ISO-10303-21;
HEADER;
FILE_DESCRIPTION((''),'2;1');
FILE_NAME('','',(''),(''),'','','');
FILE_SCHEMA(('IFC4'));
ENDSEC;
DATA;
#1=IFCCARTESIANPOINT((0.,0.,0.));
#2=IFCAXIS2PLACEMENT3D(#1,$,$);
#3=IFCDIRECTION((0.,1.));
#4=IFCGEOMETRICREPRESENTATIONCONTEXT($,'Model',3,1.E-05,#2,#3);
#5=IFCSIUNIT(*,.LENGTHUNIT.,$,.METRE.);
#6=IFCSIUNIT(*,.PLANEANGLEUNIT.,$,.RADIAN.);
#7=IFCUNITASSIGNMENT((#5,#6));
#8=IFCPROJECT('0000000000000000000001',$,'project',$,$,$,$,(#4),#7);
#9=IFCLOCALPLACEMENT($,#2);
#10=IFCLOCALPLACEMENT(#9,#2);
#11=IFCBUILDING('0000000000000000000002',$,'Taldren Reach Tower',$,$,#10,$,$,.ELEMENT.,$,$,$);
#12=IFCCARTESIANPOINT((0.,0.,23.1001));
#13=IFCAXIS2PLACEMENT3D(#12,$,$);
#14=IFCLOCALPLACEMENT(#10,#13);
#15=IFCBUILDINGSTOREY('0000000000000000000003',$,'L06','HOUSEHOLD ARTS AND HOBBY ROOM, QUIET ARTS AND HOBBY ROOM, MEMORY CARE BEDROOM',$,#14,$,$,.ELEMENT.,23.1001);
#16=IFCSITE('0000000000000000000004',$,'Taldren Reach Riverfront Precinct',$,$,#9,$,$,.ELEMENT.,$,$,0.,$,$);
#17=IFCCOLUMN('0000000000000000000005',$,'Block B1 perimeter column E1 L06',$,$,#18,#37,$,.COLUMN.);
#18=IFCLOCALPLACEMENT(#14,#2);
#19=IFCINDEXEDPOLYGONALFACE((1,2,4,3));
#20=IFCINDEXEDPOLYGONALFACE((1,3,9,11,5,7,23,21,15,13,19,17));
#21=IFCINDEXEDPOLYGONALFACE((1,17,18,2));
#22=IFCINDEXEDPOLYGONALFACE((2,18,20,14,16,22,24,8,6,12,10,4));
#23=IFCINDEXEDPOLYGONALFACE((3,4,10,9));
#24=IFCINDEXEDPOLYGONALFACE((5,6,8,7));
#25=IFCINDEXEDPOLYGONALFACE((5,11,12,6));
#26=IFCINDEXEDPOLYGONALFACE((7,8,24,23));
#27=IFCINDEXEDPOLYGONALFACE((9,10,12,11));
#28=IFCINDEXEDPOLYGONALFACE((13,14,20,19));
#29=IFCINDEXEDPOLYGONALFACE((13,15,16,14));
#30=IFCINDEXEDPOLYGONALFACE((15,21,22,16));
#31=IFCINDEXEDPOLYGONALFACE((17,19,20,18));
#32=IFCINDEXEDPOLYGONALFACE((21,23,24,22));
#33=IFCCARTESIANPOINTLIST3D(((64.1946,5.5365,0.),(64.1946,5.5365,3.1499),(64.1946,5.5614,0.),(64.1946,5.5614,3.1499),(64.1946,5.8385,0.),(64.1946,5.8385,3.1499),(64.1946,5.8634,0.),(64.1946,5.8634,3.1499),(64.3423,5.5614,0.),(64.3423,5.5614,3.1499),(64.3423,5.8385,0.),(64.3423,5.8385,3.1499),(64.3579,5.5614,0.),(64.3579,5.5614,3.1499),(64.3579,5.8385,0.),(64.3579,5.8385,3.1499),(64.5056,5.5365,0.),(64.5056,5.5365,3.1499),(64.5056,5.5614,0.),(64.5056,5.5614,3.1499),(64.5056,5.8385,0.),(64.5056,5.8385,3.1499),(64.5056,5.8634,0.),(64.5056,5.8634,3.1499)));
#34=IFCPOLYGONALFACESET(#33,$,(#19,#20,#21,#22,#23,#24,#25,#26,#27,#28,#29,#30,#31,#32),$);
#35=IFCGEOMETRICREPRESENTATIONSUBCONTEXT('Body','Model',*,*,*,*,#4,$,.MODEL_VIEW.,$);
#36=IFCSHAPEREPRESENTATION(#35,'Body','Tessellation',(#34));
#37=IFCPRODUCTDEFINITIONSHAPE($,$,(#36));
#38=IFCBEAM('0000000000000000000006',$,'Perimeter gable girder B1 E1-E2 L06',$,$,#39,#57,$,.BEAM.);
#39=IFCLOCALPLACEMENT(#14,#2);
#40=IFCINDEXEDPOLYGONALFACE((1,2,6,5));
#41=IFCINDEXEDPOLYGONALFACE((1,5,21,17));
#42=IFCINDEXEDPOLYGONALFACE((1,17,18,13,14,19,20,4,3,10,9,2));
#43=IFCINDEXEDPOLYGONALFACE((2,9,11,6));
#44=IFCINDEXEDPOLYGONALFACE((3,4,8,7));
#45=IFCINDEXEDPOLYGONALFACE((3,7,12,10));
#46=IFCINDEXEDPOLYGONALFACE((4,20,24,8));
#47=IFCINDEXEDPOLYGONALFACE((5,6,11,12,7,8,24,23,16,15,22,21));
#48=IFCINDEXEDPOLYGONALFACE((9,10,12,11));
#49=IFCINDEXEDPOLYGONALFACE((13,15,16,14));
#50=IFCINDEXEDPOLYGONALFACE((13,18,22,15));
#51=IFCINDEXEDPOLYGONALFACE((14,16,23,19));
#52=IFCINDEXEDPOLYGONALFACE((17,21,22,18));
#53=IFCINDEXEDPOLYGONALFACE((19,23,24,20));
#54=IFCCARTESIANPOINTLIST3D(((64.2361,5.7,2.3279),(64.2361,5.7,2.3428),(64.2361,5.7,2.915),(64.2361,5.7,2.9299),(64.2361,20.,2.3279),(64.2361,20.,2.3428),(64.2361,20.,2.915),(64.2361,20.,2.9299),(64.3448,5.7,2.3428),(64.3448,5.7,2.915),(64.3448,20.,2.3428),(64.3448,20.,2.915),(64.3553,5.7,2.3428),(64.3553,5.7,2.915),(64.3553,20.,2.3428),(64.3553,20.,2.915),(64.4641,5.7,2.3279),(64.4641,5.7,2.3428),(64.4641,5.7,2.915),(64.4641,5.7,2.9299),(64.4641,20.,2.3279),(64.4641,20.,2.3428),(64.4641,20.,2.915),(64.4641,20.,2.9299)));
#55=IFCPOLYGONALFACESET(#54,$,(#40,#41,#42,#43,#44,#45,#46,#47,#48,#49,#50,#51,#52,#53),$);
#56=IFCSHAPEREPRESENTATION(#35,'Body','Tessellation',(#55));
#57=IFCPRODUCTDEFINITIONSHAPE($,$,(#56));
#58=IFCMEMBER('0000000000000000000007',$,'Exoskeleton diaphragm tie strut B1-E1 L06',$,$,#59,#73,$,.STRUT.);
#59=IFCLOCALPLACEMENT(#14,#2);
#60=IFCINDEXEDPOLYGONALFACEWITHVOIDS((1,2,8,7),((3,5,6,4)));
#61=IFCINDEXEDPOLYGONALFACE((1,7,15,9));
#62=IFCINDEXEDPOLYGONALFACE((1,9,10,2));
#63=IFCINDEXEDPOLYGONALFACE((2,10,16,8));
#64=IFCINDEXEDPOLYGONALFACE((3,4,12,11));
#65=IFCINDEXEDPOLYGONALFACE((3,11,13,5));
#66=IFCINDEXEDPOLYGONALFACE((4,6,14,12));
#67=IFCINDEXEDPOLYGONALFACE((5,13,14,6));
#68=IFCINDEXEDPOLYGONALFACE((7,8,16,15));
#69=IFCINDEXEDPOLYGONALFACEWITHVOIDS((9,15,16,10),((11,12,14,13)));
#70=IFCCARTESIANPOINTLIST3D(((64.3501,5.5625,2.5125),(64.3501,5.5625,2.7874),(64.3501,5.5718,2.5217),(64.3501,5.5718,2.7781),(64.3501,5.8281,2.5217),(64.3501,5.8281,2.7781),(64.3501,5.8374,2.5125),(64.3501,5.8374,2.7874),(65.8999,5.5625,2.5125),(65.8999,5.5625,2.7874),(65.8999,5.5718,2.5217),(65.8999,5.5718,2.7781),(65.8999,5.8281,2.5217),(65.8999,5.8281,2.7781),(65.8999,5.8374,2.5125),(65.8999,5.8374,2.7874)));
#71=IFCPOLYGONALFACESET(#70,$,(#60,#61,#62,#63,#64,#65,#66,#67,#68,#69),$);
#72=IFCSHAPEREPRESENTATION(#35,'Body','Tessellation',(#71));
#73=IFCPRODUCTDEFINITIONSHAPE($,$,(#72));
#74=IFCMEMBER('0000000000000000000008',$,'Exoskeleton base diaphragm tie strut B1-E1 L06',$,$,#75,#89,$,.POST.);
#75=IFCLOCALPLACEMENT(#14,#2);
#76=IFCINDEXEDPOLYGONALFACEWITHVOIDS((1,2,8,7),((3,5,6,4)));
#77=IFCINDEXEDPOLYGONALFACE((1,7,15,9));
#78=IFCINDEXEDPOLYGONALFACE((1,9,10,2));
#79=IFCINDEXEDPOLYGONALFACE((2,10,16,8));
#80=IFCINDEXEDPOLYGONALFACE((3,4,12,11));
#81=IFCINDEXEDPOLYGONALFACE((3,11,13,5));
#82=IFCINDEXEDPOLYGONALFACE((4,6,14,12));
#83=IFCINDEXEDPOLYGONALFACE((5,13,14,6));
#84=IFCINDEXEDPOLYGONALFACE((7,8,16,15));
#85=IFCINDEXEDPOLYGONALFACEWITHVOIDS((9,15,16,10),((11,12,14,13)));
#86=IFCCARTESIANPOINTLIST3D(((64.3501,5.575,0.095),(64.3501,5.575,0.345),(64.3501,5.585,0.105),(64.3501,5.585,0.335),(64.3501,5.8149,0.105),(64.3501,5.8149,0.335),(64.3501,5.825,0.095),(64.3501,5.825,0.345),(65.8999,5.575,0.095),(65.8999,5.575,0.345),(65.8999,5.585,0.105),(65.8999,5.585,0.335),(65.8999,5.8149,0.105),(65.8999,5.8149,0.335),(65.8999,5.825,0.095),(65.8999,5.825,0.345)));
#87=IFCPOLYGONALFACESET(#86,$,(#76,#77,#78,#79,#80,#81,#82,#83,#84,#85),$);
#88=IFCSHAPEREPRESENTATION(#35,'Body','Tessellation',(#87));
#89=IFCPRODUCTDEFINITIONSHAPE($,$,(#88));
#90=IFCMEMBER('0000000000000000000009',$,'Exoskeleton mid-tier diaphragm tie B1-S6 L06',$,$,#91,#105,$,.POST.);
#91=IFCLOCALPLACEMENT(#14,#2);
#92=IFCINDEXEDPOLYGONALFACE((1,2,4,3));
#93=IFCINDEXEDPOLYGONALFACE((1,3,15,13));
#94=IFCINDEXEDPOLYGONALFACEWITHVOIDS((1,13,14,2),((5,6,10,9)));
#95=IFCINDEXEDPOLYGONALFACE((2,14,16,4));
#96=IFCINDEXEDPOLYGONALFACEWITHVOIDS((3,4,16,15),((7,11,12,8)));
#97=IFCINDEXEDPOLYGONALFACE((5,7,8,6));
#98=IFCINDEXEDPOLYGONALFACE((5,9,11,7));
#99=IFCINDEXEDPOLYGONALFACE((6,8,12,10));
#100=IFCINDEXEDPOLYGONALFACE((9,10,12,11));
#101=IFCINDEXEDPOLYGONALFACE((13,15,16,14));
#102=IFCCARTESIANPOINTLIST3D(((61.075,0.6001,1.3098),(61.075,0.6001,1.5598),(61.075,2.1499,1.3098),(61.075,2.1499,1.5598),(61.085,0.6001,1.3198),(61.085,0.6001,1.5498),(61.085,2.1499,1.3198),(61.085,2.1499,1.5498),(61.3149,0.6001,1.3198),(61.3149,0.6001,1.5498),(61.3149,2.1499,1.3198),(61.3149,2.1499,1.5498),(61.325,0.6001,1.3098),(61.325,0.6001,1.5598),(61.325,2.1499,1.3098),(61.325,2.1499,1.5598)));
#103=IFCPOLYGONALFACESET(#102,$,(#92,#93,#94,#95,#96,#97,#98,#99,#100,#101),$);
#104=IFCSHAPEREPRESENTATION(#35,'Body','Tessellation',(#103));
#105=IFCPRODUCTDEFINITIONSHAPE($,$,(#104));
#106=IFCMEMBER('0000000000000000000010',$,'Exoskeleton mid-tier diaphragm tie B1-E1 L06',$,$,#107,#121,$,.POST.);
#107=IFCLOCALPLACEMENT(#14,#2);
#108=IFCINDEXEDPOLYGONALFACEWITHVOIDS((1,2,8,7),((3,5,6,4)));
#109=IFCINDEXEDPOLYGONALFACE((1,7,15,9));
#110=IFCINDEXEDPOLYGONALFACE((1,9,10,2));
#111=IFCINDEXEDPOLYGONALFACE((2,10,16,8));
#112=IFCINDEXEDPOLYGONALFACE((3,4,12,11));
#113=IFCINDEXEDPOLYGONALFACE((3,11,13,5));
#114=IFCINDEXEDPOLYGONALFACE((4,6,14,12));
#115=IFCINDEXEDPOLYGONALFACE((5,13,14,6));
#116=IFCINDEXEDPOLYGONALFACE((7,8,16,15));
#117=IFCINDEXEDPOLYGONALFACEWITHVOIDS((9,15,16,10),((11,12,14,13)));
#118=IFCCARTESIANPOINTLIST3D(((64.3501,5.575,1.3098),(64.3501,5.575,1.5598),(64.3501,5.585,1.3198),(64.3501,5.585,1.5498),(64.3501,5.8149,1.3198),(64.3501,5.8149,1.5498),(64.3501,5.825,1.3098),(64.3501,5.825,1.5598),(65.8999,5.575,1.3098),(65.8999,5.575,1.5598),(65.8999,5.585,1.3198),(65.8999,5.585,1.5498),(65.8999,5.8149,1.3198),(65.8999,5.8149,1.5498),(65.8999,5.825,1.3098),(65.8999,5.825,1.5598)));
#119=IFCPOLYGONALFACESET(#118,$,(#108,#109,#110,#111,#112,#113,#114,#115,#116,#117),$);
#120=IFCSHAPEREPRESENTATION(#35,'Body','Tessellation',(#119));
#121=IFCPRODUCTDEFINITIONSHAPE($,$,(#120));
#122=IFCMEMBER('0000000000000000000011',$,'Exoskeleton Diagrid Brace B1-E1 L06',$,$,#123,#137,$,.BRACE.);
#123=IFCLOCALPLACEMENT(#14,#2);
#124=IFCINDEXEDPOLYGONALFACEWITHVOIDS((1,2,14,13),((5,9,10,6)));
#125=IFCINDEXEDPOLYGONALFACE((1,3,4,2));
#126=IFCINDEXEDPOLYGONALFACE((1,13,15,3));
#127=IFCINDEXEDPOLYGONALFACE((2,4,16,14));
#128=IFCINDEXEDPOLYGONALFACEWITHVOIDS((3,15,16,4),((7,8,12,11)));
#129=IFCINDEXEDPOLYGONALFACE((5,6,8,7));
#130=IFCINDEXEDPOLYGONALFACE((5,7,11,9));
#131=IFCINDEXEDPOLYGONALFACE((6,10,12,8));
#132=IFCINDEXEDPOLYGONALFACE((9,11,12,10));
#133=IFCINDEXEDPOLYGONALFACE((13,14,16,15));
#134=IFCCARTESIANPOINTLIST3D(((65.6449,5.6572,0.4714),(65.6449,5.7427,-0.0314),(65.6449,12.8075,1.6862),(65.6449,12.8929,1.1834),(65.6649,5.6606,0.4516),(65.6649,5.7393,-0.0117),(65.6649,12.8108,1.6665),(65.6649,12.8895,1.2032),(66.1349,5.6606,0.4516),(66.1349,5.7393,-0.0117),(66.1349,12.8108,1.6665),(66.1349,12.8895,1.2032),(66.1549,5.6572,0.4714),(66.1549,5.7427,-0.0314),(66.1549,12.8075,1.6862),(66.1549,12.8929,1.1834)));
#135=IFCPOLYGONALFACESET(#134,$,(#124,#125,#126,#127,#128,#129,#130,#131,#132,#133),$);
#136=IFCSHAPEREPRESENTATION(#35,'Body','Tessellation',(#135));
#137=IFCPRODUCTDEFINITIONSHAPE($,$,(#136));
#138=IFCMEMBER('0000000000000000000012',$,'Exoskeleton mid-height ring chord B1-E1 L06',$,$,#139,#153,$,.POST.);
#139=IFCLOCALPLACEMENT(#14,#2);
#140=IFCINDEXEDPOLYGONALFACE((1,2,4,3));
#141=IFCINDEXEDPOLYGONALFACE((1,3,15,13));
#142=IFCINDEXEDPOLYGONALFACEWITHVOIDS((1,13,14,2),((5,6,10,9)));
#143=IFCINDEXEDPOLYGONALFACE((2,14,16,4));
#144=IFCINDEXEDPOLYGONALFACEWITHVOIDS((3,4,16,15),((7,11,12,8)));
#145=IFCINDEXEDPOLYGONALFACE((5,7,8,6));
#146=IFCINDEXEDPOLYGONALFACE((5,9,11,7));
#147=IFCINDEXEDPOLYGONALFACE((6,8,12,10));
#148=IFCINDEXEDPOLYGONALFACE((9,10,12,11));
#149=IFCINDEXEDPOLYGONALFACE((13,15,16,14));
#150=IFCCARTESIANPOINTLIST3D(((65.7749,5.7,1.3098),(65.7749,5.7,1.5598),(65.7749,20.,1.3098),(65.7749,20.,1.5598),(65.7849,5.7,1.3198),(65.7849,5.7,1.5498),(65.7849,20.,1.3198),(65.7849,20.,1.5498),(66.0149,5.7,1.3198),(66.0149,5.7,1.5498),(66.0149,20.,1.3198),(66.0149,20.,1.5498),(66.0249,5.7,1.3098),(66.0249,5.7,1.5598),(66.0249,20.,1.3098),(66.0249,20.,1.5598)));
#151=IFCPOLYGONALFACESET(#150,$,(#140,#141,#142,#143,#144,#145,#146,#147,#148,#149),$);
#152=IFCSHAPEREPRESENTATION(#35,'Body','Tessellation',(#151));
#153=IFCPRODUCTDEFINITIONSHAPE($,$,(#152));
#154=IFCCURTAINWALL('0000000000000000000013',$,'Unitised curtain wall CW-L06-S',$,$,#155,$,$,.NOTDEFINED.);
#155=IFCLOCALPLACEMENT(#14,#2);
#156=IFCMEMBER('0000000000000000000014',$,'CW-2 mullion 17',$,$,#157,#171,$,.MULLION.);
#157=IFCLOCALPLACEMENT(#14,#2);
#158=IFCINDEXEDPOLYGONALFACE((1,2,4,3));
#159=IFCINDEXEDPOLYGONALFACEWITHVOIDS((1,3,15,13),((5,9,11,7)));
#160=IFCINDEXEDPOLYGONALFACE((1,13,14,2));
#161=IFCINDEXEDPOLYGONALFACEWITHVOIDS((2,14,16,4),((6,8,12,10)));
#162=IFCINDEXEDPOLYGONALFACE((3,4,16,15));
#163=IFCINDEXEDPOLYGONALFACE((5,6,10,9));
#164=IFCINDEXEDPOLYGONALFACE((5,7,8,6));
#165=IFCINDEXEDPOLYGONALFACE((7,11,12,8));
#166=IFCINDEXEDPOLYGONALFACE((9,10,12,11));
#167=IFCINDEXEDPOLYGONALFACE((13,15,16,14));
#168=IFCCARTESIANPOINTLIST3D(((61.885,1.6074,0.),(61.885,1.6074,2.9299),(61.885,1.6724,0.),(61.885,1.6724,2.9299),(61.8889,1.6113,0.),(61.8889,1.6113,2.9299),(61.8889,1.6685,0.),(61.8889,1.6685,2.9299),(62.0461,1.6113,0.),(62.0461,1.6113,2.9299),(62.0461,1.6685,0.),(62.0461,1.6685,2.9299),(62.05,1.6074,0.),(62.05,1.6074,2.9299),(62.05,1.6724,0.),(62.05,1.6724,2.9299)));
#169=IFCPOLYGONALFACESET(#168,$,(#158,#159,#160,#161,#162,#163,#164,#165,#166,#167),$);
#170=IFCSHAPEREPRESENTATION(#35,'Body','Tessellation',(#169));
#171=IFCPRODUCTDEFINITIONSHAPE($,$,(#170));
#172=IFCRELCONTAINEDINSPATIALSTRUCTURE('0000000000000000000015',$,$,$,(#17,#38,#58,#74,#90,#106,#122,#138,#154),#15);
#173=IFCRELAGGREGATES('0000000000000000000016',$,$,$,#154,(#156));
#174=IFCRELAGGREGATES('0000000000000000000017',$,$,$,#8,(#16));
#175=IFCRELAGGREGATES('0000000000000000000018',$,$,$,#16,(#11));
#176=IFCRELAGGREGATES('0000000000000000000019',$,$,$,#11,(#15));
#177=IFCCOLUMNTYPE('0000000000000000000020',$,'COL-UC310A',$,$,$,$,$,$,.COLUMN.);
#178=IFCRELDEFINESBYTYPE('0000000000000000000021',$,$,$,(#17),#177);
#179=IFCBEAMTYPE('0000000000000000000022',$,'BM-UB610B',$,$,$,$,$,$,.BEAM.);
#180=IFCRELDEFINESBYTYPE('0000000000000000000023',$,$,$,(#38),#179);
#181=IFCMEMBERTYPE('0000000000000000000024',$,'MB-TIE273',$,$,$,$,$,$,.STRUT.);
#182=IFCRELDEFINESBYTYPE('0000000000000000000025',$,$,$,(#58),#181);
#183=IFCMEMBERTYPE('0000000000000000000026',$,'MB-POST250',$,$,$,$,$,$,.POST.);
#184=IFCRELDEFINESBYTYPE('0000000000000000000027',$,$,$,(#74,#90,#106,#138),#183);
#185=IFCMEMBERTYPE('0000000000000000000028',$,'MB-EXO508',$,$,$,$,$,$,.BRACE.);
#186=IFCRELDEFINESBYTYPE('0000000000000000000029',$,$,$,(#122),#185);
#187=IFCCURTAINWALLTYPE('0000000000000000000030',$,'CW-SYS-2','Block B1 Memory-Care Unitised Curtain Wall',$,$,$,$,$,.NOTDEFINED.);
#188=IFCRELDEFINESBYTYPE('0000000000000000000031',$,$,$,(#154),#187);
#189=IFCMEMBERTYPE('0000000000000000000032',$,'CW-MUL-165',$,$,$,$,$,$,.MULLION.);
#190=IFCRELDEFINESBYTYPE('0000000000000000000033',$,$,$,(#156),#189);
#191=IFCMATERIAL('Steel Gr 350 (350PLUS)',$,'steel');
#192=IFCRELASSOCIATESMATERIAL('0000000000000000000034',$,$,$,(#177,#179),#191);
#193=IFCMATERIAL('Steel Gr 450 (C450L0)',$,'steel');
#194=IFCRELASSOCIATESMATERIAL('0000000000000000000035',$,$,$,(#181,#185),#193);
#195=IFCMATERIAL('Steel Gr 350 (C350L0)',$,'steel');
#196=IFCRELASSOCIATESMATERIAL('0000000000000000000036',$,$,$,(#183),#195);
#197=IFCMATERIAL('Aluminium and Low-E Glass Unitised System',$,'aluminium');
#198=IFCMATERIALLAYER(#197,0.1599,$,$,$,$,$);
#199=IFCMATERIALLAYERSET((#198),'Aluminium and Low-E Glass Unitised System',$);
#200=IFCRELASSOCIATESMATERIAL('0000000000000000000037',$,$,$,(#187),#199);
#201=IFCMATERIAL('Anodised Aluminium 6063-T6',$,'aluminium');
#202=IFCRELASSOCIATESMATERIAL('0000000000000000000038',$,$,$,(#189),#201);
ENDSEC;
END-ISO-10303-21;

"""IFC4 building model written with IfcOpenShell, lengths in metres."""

from ifc_helpers import new_model, si_unit, direction, frame, origin, origin_2d, place, context, subcontext, project, spatial, hollow_rectangle, i_section, extrude, source, transform, mapped, material, layer, layer_set, material_profile, profile_set, type_object, element, aggregate, save


model = new_model("IFC4")

# Units and contexts
model_context = context("Model", 3, precision=1e-05, world=origin(), true_north=direction((0.0, 1.0)))
body_context = subcontext(model_context, "Body", "Model", "MODEL_VIEW")
ifc_project = project(units=[si_unit("LENGTHUNIT", "METRE"), si_unit("PLANEANGLEUNIT", "RADIAN")], contexts=[model_context])

# Site, building, storey
site_placement = place(None, origin())
site = spatial("IfcSite", under=ifc_project, at=site_placement, Name="Taldren Reach Riverfront Precinct", CompositionType="ELEMENT", RefElevation=0.0)
building_placement = place(site_placement, origin())
building = spatial("IfcBuilding", under=site, at=building_placement, Name="Taldren Reach Tower", CompositionType="ELEMENT")
storey_placement = place(building_placement, frame((0.0, 0.0, 23.1001)))
storey = spatial("IfcBuildingStorey", under=building, at=storey_placement, Name="L06", Description="HOUSEHOLD ARTS AND HOBBY ROOM, QUIET ARTS AND HOBBY ROOM, MEMORY CARE BEDROOM", CompositionType="ELEMENT", Elevation=23.1001)

# Column
ifc_material_1 = material(Name="Steel Gr 350 (350PLUS)", Category="steel")
ifc_material_profile_1 = material_profile(ifc_material_1, i_section(OverallWidth=0.311, OverallDepth=0.3269, WebThickness=0.0156, FlangeThickness=0.0249, at=origin_2d()), Name="310UC158")
ifc_profile_set_1 = profile_set([ifc_material_profile_1], Name="Steel Gr 350 (350PLUS)")
column_type = type_object("IfcColumnType", Name="COL-UC310A", PredefinedType="COLUMN", material=ifc_profile_set_1)
shared_shape_1 = source(origin(), body_context, "Body", "SweptSolid", [
    extrude(i_section(OverallWidth=0.311, OverallDepth=0.3269, WebThickness=0.0156, FlangeThickness=0.0249, at=origin_2d()), origin(), (0.0, 0.0, 1.0), 3.1499),
])
column_placement = place(storey_placement, frame((64.3501, 5.7, 0.0), z_axis=(0.0, 0.0, 1.0), x_axis=(1.0, 0.0, 0.0)))
element("IfcColumn", 1, at=column_placement, inside=storey, type_object=column_type, Name="Block B1 perimeter column E1 L06", PredefinedType="COLUMN", context=body_context, shape_type="MappedRepresentation", body=[
    mapped(shared_shape_1, transform((0.0, 0.0, 0.0), scale=1.0)),
])

# Beam
ifc_material_profile_2 = material_profile(ifc_material_1, i_section(OverallWidth=0.228, OverallDepth=0.6021, WebThickness=0.0105, FlangeThickness=0.0149, at=origin_2d()), Name="610UB101")
ifc_profile_set_2 = profile_set([ifc_material_profile_2], Name="Steel Gr 350 (350PLUS)")
beam_type = type_object("IfcBeamType", Name="BM-UB610B", PredefinedType="BEAM", material=ifc_profile_set_2)
shared_shape_2 = source(origin(), body_context, "Body", "SweptSolid", [
    extrude(i_section(OverallWidth=0.228, OverallDepth=0.6021, WebThickness=0.0105, FlangeThickness=0.0149, at=origin_2d()), origin(), (0.0, 0.0, 1.0), 14.3),
])
beam_placement = place(storey_placement, frame((64.3501, 5.7, 2.6289), z_axis=(0.0, 1.0, 0.0), x_axis=(-1.0, 0.0, 0.0)))
element("IfcBeam", 2, at=beam_placement, inside=storey, type_object=beam_type, Name="Perimeter gable girder B1 E1-E2 L06", PredefinedType="BEAM", context=body_context, shape_type="MappedRepresentation", body=[
    mapped(shared_shape_2, transform((0.0, 0.0, 0.0), scale=1.0)),
])

# Members
ifc_material_2 = material(Name="Steel Gr 450 (C450L0)", Category="steel")
ifc_material_profile_3 = material_profile(ifc_material_2, hollow_rectangle(XDim=0.2749, YDim=0.2749, WallThickness=0.0093, at=origin_2d()), Name="275x275x9.3SHS")
ifc_profile_set_3 = profile_set([ifc_material_profile_3], Name="Steel Gr 450 (C450L0)")
member_type_1 = type_object("IfcMemberType", Name="MB-TIE273", PredefinedType="STRUT", material=ifc_profile_set_3)
shared_shape_3 = source(origin(), body_context, "Body", "SweptSolid", [
    extrude(hollow_rectangle(XDim=0.2749, YDim=0.2749, WallThickness=0.0093, at=origin_2d()), origin(), (0.0, 0.0, 1.0), 1.5498),
])
member_1_placement = place(storey_placement, frame((64.3501, 5.7, 2.6499), z_axis=(1.0, 0.0, 0.0), x_axis=(0.0, 1.0, 0.0)))
element("IfcMember", 3, at=member_1_placement, inside=storey, type_object=member_type_1, Name="Exoskeleton diaphragm tie strut B1-E1 L06", PredefinedType="STRUT", context=body_context, shape_type="MappedRepresentation", body=[
    mapped(shared_shape_3, transform((0.0, 0.0, 0.0), scale=1.0)),
])
ifc_material_3 = material(Name="Steel Gr 350 (C350L0)", Category="steel")
ifc_material_profile_4 = material_profile(ifc_material_3, hollow_rectangle(XDim=0.25, YDim=0.25, WallThickness=0.01, at=origin_2d()), Name="250x250x10.0SHS")
ifc_profile_set_4 = profile_set([ifc_material_profile_4], Name="Steel Gr 350 (C350L0)")
member_type_2 = type_object("IfcMemberType", Name="MB-POST250", PredefinedType="POST", material=ifc_profile_set_4)
shared_shape_4 = source(origin(), body_context, "Body", "SweptSolid", [
    extrude(hollow_rectangle(XDim=0.25, YDim=0.25, WallThickness=0.01, at=origin_2d()), origin(), (0.0, 0.0, 1.0), 1.5498),
])
for number, where, z_axis, x_axis, name in (
    (4, (64.3501, 5.7, 0.22), (1.0, 0.0, 0.0), (0.0, 1.0, 0.0), "Exoskeleton base diaphragm tie strut B1-E1 L06"),
    (5, (61.2, 2.1499, 1.4348), (0.0, -1.0, 0.0), (1.0, 0.0, 0.0), "Exoskeleton mid-tier diaphragm tie B1-S6 L06"),
    (6, (64.3501, 5.7, 1.4348), (1.0, 0.0, 0.0), (0.0, 1.0, 0.0), "Exoskeleton mid-tier diaphragm tie B1-E1 L06"),
):
    element("IfcMember", number, at=place(storey_placement, frame(where, z_axis=z_axis, x_axis=x_axis)), inside=storey, type_object=member_type_2, Name=name, PredefinedType="POST", context=body_context, shape_type="MappedRepresentation", body=[
        mapped(shared_shape_4, transform((0.0, 0.0, 0.0), scale=1.0)),
    ])
ifc_material_profile_5 = material_profile(ifc_material_2, hollow_rectangle(XDim=0.51, YDim=0.51, WallThickness=0.02, at=origin_2d()), Name="510x510x20.0SHS")
ifc_profile_set_5 = profile_set([ifc_material_profile_5], Name="Steel Gr 450 (C450L0)")
member_type_3 = type_object("IfcMemberType", Name="MB-EXO508", PredefinedType="BRACE", material=ifc_profile_set_5)
shared_shape_5 = source(origin(), body_context, "Body", "SweptSolid", [
    extrude(hollow_rectangle(XDim=0.51, YDim=0.51, WallThickness=0.02, at=origin_2d()), origin(), (0.0, 0.0, 1.0), 7.2527),
])
member_2_placement = place(storey_placement, frame((65.8999, 5.7, 0.22), z_axis=(0.0, 0.985871, 0.167504), x_axis=(-1.0, 0.0, 0.0)))
element("IfcMember", 7, at=member_2_placement, inside=storey, type_object=member_type_3, Name="Exoskeleton Diagrid Brace B1-E1 L06", PredefinedType="BRACE", context=body_context, shape_type="MappedRepresentation", body=[
    mapped(shared_shape_5, transform((0.0, 0.0, 0.0), scale=1.0)),
])
shared_shape_6 = source(origin(), body_context, "Body", "SweptSolid", [
    extrude(hollow_rectangle(XDim=0.25, YDim=0.25, WallThickness=0.01, at=origin_2d()), origin(), (0.0, 0.0, 1.0), 14.3),
])
member_3_placement = place(storey_placement, frame((65.8999, 5.7, 1.4348), z_axis=(0.0, 1.0, 0.0), x_axis=(-1.0, 0.0, 0.0)))
element("IfcMember", 8, at=member_3_placement, inside=storey, type_object=member_type_2, Name="Exoskeleton mid-height ring chord B1-E1 L06", PredefinedType="POST", context=body_context, shape_type="MappedRepresentation", body=[
    mapped(shared_shape_6, transform((0.0, 0.0, 0.0), scale=1.0)),
])

# Curtain wall, member
ifc_material_4 = material(Name="Aluminium and Low-E Glass Unitised System", Category="aluminium")
ifc_layer_1 = layer(ifc_material_4, 0.1599)
ifc_layer_set_1 = layer_set([ifc_layer_1], Name="Aluminium and Low-E Glass Unitised System")
curtain_wall_type = type_object("IfcCurtainWallType", Name="CW-SYS-2", Description="Block B1 Memory-Care Unitised Curtain Wall", PredefinedType="NOTDEFINED", material=ifc_layer_set_1)
curtain_wall_1_placement = place(storey_placement, origin())
curtain_wall_1 = element("IfcCurtainWall", 9, at=curtain_wall_1_placement, inside=storey, type_object=curtain_wall_type, Name="Unitised curtain wall CW-L06-S", PredefinedType="NOTDEFINED")
ifc_material_5 = material(Name="Anodised Aluminium 6063-T6", Category="aluminium")
ifc_material_profile_6 = material_profile(ifc_material_5, hollow_rectangle(XDim=0.0649, YDim=0.165, WallThickness=0.0039, at=origin_2d()), Name="ALU-165x65x4RHS")
ifc_profile_set_6 = profile_set([ifc_material_profile_6], Name="Anodised Aluminium 6063-T6")
member_type_4 = type_object("IfcMemberType", Name="CW-MUL-165", PredefinedType="MULLION", material=ifc_profile_set_6)
shared_shape_7 = source(origin(), body_context, "Body", "SweptSolid", [
    extrude(hollow_rectangle(XDim=0.0649, YDim=0.165, WallThickness=0.0039, at=origin_2d()), origin(), (0.0, 0.0, 1.0), 2.9299),
])
member_4_placement = place(storey_placement, frame((61.9675, 1.6399, 0.0), z_axis=(0.0, 0.0, 1.0), x_axis=(0.0, 1.0, 0.0)))
member_4 = element("IfcMember", 10, at=member_4_placement, type_object=member_type_4, Name="CW-2 mullion 17", PredefinedType="MULLION", context=body_context, shape_type="MappedRepresentation", body=[
    mapped(shared_shape_7, transform((0.0, 0.0, 0.0), scale=1.0)),
])
aggregate(curtain_wall_1, [member_4])

save(model, "model.ifc")
